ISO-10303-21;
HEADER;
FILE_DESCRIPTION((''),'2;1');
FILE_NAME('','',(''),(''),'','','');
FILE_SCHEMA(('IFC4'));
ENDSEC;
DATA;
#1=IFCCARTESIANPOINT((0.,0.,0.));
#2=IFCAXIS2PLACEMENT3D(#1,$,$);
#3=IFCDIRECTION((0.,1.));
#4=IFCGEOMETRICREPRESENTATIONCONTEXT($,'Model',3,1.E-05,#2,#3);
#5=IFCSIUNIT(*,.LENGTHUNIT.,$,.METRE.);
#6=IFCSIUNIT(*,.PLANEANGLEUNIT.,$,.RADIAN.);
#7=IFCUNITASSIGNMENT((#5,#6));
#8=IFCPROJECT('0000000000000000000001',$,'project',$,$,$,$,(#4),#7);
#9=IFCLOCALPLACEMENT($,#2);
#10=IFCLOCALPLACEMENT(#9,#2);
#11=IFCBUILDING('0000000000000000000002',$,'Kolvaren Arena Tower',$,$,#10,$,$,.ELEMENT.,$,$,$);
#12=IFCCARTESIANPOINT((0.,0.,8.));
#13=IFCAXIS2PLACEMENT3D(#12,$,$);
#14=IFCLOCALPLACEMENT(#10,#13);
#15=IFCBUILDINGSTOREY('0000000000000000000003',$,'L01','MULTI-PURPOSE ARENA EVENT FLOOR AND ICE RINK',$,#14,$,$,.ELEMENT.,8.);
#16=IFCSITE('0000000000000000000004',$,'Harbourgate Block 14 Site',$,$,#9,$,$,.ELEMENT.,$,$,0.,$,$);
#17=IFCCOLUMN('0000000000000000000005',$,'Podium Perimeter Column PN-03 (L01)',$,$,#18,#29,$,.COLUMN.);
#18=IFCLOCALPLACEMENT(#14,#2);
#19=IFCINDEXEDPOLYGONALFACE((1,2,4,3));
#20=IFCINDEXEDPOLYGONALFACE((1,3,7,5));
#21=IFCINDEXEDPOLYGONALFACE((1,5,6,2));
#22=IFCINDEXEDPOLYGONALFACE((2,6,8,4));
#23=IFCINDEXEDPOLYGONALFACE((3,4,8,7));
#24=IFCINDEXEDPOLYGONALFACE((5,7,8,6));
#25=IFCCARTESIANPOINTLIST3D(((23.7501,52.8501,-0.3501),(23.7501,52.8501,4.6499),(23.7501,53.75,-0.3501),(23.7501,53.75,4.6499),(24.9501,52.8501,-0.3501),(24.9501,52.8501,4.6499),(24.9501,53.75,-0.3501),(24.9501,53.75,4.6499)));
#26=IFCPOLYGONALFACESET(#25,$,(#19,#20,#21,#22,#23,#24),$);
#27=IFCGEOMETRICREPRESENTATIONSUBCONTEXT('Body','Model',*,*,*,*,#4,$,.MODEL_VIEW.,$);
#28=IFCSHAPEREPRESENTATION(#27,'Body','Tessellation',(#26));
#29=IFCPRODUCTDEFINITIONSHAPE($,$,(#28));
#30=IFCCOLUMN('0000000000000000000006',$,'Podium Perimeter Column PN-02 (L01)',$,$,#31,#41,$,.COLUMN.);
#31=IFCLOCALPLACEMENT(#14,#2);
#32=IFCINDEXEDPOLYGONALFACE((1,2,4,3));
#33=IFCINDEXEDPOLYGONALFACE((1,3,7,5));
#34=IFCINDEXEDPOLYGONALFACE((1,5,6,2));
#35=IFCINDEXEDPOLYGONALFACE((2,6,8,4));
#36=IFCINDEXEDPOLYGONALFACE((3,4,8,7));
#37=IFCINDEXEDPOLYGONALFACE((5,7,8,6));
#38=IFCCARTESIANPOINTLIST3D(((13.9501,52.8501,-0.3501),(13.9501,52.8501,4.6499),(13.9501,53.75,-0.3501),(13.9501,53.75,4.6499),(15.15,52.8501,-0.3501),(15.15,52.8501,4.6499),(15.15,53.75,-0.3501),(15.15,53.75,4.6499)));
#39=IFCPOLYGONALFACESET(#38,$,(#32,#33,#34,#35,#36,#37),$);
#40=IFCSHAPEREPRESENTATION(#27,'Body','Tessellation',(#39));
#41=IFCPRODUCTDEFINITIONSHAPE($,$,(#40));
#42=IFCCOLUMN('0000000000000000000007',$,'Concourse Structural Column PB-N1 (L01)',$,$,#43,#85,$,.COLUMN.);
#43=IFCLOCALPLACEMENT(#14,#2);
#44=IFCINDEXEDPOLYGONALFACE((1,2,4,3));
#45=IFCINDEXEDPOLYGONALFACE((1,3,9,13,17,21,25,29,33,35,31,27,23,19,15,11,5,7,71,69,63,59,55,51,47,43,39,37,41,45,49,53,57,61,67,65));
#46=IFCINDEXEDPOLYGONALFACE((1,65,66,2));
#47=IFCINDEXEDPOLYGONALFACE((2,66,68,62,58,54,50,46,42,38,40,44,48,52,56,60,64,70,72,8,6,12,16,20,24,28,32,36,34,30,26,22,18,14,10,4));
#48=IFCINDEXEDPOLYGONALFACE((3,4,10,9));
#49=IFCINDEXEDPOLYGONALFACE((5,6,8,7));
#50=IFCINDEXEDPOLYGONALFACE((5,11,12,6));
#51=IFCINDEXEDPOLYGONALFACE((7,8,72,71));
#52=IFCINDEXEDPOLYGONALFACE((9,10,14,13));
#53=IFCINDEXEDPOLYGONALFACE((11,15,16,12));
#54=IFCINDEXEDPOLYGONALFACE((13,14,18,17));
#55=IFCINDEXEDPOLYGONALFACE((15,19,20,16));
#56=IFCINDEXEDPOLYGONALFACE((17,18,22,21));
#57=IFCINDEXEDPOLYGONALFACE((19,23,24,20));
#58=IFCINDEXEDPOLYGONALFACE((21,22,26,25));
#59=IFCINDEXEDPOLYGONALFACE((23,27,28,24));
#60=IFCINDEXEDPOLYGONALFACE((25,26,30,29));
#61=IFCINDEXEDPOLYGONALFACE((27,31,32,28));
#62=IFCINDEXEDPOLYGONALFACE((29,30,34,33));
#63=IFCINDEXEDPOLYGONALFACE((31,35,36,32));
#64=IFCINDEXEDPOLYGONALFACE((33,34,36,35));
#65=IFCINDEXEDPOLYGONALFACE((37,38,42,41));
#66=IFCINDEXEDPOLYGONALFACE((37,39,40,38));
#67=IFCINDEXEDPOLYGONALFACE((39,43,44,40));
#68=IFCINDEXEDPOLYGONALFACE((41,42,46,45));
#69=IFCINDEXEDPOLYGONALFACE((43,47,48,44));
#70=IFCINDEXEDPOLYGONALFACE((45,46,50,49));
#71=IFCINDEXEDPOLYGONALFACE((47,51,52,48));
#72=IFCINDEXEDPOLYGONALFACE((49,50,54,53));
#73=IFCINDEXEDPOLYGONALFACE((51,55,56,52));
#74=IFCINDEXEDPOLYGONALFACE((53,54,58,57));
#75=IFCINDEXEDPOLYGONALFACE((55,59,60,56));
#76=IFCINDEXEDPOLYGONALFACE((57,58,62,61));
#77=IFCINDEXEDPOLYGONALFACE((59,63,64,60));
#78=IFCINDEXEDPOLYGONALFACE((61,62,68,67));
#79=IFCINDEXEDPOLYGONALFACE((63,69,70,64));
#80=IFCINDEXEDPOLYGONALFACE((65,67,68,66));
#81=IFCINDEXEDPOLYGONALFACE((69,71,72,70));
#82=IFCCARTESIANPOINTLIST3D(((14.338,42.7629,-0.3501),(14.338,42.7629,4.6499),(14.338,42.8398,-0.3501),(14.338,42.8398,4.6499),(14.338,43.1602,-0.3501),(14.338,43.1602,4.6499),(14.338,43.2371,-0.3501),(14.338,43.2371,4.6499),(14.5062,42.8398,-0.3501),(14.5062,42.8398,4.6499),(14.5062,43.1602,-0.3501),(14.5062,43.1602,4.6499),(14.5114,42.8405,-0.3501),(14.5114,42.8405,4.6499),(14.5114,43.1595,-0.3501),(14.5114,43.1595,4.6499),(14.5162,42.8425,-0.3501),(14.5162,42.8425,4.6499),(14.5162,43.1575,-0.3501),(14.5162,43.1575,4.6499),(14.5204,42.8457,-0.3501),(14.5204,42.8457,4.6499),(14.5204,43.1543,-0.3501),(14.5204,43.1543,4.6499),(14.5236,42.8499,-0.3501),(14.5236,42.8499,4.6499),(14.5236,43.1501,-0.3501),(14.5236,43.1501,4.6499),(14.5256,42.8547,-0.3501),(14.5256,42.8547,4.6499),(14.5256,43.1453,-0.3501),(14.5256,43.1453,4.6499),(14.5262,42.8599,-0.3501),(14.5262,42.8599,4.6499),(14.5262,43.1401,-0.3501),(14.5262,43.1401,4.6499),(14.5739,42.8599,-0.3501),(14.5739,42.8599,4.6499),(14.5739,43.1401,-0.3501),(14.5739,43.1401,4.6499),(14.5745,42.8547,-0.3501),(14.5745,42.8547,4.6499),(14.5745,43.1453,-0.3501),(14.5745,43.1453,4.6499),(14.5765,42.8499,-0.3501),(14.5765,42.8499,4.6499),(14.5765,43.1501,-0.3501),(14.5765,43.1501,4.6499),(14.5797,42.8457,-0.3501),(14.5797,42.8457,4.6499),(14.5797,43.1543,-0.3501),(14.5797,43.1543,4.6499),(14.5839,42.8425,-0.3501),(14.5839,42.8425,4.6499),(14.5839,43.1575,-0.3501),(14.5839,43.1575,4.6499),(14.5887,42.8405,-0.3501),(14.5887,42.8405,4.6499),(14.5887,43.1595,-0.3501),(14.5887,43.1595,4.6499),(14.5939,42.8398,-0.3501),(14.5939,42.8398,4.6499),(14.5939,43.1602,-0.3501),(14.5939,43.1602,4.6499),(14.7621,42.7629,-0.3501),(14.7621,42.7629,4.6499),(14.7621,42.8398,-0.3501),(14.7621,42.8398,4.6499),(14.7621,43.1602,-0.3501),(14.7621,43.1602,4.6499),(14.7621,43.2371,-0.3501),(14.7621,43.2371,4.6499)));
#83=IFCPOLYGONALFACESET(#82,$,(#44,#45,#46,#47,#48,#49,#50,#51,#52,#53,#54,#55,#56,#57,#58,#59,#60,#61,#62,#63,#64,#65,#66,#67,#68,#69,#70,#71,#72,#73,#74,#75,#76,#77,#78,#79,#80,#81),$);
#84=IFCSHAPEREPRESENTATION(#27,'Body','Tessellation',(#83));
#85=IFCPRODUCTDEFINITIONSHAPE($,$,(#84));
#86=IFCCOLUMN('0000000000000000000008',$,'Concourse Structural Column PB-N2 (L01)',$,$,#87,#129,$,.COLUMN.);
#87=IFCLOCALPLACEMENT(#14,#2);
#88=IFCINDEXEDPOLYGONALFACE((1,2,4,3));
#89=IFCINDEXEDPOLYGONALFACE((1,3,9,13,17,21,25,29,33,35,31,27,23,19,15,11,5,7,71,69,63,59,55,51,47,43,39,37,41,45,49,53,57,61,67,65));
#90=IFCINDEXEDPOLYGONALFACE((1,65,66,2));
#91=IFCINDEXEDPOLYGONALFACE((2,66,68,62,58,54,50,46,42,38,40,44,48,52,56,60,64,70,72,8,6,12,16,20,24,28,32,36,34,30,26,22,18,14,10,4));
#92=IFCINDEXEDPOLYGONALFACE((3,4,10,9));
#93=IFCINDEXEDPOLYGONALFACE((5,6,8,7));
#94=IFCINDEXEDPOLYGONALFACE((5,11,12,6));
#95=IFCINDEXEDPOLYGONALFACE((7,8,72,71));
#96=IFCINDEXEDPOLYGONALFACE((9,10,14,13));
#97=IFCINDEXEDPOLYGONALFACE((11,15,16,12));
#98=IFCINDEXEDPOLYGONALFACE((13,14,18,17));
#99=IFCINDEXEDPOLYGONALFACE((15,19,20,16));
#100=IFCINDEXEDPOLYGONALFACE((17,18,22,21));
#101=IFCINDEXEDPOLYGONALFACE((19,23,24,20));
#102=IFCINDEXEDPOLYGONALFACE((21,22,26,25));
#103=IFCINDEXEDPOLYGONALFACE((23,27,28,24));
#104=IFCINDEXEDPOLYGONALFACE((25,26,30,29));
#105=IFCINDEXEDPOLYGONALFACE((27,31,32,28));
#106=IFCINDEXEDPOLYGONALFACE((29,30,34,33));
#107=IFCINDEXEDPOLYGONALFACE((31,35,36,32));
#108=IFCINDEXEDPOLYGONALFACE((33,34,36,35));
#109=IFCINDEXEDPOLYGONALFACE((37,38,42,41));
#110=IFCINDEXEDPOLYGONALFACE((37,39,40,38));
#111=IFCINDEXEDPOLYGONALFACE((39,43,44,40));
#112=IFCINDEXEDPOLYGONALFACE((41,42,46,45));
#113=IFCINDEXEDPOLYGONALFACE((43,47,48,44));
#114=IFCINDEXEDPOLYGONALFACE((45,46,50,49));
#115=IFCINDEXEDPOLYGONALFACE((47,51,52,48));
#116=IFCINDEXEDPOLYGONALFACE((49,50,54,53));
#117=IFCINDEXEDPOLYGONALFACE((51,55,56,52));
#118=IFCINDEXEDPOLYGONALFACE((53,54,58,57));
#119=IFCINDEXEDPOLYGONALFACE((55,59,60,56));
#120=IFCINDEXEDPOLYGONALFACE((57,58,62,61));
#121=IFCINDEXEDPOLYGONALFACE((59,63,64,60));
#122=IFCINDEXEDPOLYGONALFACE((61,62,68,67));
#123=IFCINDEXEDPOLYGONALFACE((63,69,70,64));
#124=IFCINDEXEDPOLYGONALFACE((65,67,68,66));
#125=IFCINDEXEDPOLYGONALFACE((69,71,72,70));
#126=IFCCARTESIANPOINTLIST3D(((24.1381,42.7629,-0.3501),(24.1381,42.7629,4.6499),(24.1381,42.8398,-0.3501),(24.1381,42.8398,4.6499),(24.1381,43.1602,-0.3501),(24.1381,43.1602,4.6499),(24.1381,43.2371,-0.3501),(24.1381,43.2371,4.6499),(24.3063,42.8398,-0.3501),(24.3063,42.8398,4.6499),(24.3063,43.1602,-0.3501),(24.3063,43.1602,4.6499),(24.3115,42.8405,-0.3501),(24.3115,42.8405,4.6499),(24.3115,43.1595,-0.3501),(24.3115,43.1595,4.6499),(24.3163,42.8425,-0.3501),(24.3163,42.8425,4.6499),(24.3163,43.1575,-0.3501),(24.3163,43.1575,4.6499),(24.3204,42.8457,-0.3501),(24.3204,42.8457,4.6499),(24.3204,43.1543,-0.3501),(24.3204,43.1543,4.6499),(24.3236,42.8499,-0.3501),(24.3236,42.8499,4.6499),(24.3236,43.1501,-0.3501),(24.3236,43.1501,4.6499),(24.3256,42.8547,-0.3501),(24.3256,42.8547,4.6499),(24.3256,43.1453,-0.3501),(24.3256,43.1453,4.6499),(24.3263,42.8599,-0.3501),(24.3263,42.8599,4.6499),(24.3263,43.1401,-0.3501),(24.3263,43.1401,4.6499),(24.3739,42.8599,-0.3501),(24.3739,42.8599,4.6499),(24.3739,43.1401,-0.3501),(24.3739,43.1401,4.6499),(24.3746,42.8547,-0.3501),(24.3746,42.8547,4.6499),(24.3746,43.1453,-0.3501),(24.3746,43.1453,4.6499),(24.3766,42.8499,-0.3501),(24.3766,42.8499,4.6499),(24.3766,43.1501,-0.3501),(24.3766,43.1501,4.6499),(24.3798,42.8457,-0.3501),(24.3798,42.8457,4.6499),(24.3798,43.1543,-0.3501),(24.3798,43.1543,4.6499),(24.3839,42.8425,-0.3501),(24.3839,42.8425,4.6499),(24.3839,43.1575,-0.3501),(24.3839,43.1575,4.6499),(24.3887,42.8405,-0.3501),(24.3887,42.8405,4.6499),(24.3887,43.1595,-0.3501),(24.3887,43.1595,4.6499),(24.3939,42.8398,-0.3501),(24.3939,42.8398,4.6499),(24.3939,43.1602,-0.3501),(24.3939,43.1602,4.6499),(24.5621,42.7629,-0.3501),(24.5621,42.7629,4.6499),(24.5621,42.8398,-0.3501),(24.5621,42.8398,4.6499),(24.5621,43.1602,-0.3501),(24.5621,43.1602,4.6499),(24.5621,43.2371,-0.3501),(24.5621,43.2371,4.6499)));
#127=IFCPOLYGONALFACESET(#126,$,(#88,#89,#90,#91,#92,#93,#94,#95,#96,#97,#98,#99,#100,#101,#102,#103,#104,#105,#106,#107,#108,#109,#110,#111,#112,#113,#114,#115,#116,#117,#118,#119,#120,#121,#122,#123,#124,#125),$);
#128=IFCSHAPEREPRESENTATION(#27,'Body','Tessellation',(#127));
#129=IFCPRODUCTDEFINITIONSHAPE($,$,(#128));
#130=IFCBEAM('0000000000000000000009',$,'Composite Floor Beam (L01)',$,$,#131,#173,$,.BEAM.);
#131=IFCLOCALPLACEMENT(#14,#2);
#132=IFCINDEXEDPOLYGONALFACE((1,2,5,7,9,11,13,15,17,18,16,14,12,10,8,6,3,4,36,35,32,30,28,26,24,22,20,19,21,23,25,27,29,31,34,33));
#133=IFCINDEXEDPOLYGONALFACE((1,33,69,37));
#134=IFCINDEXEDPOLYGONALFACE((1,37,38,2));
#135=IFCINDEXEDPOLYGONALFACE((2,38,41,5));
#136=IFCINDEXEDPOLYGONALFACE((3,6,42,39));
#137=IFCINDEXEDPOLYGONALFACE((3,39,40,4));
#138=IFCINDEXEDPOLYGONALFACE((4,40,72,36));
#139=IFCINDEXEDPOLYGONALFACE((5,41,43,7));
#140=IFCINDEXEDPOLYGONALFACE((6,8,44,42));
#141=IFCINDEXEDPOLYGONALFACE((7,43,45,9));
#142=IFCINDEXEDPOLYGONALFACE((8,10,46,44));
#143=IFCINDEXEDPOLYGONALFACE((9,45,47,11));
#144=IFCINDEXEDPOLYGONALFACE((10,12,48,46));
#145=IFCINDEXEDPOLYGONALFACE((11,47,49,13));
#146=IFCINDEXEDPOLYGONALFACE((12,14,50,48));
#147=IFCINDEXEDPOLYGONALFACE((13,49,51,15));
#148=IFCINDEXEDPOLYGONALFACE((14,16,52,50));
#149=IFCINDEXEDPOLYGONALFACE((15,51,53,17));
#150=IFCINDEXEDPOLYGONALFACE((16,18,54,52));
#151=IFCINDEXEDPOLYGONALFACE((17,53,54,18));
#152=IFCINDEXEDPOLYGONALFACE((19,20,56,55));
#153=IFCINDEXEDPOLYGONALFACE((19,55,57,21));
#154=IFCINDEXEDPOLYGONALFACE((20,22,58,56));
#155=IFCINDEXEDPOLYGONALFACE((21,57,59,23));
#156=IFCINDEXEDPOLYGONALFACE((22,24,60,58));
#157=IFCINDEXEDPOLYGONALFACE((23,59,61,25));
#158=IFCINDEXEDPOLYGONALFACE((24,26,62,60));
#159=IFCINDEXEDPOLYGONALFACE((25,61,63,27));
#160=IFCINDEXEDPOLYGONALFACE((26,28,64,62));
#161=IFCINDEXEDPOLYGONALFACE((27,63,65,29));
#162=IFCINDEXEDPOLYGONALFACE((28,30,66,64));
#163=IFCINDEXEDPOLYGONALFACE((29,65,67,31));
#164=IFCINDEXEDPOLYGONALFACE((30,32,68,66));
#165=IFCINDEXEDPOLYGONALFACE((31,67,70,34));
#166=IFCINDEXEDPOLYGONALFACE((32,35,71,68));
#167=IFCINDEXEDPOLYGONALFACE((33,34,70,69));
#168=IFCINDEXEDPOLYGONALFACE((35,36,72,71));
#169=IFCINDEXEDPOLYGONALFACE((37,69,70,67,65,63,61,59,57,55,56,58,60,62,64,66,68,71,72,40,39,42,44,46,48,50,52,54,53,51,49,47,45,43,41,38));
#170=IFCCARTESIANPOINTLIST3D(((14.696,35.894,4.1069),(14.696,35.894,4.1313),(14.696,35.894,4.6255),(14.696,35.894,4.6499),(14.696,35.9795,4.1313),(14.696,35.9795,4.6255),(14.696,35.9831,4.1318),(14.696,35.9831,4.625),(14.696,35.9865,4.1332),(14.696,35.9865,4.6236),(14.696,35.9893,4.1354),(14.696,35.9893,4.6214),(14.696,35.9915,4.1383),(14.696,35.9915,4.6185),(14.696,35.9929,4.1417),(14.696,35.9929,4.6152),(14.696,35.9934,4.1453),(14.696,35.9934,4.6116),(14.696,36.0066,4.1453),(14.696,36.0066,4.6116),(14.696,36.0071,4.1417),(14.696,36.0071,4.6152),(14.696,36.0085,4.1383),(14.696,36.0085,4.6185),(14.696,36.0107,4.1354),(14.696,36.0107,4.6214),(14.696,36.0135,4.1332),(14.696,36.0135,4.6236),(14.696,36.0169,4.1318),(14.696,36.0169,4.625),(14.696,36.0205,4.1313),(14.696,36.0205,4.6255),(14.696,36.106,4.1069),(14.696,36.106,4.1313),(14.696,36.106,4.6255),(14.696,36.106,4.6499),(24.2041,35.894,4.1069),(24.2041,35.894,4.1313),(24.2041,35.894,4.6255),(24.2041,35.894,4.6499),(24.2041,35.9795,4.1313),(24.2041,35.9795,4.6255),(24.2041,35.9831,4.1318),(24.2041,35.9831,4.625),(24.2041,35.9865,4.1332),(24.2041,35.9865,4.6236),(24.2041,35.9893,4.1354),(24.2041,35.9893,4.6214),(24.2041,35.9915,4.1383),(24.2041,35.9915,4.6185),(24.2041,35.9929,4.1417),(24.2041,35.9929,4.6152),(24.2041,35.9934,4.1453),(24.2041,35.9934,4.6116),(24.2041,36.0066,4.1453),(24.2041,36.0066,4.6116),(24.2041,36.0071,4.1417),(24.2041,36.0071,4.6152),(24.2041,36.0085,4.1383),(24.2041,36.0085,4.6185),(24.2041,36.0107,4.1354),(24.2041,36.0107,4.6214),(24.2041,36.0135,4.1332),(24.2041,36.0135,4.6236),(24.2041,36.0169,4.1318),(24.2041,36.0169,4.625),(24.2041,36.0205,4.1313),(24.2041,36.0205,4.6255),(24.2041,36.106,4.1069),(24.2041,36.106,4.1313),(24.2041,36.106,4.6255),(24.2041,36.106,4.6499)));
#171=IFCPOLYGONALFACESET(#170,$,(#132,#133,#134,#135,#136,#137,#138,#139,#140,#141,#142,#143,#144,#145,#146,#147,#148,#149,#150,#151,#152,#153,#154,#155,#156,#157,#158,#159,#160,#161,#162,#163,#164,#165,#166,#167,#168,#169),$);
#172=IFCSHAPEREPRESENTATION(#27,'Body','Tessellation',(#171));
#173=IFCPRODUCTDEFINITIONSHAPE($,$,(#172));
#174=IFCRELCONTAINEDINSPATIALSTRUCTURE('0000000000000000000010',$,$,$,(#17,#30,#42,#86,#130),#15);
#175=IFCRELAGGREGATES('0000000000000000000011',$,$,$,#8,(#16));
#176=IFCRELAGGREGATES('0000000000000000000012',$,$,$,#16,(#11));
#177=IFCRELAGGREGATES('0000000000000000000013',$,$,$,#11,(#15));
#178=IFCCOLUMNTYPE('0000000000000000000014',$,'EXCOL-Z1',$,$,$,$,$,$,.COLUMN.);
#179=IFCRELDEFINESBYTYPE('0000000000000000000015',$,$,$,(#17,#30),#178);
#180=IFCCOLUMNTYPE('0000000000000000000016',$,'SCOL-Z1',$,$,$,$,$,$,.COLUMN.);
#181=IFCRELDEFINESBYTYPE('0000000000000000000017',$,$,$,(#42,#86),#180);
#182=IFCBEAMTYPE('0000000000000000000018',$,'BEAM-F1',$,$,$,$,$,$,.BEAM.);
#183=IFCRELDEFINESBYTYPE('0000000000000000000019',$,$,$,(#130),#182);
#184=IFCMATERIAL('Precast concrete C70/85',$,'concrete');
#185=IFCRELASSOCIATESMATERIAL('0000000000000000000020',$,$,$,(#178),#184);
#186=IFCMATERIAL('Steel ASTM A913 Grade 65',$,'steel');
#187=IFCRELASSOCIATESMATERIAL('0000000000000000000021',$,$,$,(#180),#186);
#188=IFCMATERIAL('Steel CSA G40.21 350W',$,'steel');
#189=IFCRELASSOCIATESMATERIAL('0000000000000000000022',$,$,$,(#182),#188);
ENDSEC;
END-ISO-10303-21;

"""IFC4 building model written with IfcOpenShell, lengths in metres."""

from ifc_helpers import new_model, si_unit, direction, frame, origin, origin_2d, place, context, subcontext, project, spatial, rectangle, i_section, extrude, material, material_profile, profile_set, type_object, element, save


model = new_model("IFC4")

# Units and contexts
model_context = context("Model", 3, precision=1e-05, world=origin(), true_north=direction((0.0, 1.0)))
body_context = subcontext(model_context, "Body", "Model", "MODEL_VIEW")
ifc_project = project(units=[si_unit("LENGTHUNIT", "METRE"), si_unit("PLANEANGLEUNIT", "RADIAN")], contexts=[model_context])

# Site, building, storey
site_placement = place(None, origin())
site = spatial("IfcSite", under=ifc_project, at=site_placement, Name="Harbourgate Block 14 Site", CompositionType="ELEMENT", RefElevation=0.0)
building_placement = place(site_placement, origin())
building = spatial("IfcBuilding", under=site, at=building_placement, Name="Kolvaren Arena Tower", CompositionType="ELEMENT")
storey_placement = place(building_placement, frame((0.0, 0.0, 8.0)))
storey = spatial("IfcBuildingStorey", under=building, at=storey_placement, Name="L01", Description="MULTI-PURPOSE ARENA EVENT FLOOR AND ICE RINK", CompositionType="ELEMENT", Elevation=8.0)

# Columns
ifc_material_1 = material(Name="Precast concrete C70/85", Category="concrete")
ifc_material_profile_1 = material_profile(ifc_material_1, rectangle(XDim=1.2, YDim=0.8999, at=origin_2d()), Name="RC-1200x900")
ifc_profile_set_1 = profile_set([ifc_material_profile_1], Name="Precast concrete C70/85")
column_type_1 = type_object("IfcColumnType", Name="EXCOL-Z1", PredefinedType="COLUMN", material=ifc_profile_set_1)
for number, where, z_axis, x_axis, name in (
    (1, (24.3501, 53.3, -0.3501), (0.0, 0.0, 1.0), (1.0, 0.0, 0.0), "Podium Perimeter Column PN-03 (L01)"),
    (2, (14.55, 53.3, -0.3501), (0.0, 0.0, 1.0), (1.0, 0.0, 0.0), "Podium Perimeter Column PN-02 (L01)"),
):
    element("IfcColumn", number, at=place(storey_placement, frame(where, z_axis=z_axis, x_axis=x_axis)), inside=storey, type_object=column_type_1, Name=name, PredefinedType="COLUMN", context=body_context, shape_type="SweptSolid", body=[
        extrude(rectangle(XDim=1.2, YDim=0.8999, at=origin_2d()), origin(), (0.0, 0.0, 1.0), 5.0),
    ])
ifc_material_2 = material(Name="Steel ASTM A913 Grade 65", Category="steel")
ifc_material_profile_2 = material_profile(ifc_material_2, i_section(OverallWidth=0.4241, OverallDepth=0.4741, WebThickness=0.0476, FlangeThickness=0.0769, FilletRadius=0.02, at=origin_2d()), Name="W360x634")
ifc_profile_set_2 = profile_set([ifc_material_profile_2], Name="Steel ASTM A913 Grade 65")
column_type_2 = type_object("IfcColumnType", Name="SCOL-Z1", PredefinedType="COLUMN", material=ifc_profile_set_2)
for number, where, z_axis, x_axis, name in (
    (3, (14.55, 43.0, -0.3501), (0.0, 0.0, 1.0), (1.0, 0.0, 0.0), "Concourse Structural Column PB-N1 (L01)"),
    (4, (24.3501, 43.0, -0.3501), (0.0, 0.0, 1.0), (1.0, 0.0, 0.0), "Concourse Structural Column PB-N2 (L01)"),
):
    element("IfcColumn", number, at=place(storey_placement, frame(where, z_axis=z_axis, x_axis=x_axis)), inside=storey, type_object=column_type_2, Name=name, PredefinedType="COLUMN", context=body_context, shape_type="SweptSolid", body=[
        extrude(i_section(OverallWidth=0.4241, OverallDepth=0.4741, WebThickness=0.0476, FlangeThickness=0.0769, FilletRadius=0.02, at=origin_2d()), origin(), (0.0, 0.0, 1.0), 5.0),
    ])

# Beam
ifc_material_3 = material(Name="Steel CSA G40.21 350W", Category="steel")
ifc_material_profile_3 = material_profile(ifc_material_3, i_section(OverallWidth=0.2119, OverallDepth=0.543, WebThickness=0.0132, FlangeThickness=0.0244, FilletRadius=0.0139, at=origin_2d()), Name="W530x150")
ifc_profile_set_3 = profile_set([ifc_material_profile_3], Name="Steel CSA G40.21 350W")
beam_type_1 = type_object("IfcBeamType", Name="BEAM-F1", PredefinedType="BEAM", material=ifc_profile_set_3)
beam_1_placement = place(storey_placement, frame((14.696, 36.0, 4.3784), z_axis=(1.0, 0.0, 0.0), x_axis=(0.0, 1.0, 0.0)))
element("IfcBeam", 5, at=beam_1_placement, inside=storey, type_object=beam_type_1, Name="Composite Floor Beam (L01)", PredefinedType="BEAM", context=body_context, shape_type="SweptSolid", body=[
    extrude(i_section(OverallWidth=0.2119, OverallDepth=0.543, WebThickness=0.0132, FlangeThickness=0.0244, FilletRadius=0.0139, at=origin_2d()), origin(), (0.0, 0.0, 1.0), 9.5081),
])

save(model, "model.ifc")
